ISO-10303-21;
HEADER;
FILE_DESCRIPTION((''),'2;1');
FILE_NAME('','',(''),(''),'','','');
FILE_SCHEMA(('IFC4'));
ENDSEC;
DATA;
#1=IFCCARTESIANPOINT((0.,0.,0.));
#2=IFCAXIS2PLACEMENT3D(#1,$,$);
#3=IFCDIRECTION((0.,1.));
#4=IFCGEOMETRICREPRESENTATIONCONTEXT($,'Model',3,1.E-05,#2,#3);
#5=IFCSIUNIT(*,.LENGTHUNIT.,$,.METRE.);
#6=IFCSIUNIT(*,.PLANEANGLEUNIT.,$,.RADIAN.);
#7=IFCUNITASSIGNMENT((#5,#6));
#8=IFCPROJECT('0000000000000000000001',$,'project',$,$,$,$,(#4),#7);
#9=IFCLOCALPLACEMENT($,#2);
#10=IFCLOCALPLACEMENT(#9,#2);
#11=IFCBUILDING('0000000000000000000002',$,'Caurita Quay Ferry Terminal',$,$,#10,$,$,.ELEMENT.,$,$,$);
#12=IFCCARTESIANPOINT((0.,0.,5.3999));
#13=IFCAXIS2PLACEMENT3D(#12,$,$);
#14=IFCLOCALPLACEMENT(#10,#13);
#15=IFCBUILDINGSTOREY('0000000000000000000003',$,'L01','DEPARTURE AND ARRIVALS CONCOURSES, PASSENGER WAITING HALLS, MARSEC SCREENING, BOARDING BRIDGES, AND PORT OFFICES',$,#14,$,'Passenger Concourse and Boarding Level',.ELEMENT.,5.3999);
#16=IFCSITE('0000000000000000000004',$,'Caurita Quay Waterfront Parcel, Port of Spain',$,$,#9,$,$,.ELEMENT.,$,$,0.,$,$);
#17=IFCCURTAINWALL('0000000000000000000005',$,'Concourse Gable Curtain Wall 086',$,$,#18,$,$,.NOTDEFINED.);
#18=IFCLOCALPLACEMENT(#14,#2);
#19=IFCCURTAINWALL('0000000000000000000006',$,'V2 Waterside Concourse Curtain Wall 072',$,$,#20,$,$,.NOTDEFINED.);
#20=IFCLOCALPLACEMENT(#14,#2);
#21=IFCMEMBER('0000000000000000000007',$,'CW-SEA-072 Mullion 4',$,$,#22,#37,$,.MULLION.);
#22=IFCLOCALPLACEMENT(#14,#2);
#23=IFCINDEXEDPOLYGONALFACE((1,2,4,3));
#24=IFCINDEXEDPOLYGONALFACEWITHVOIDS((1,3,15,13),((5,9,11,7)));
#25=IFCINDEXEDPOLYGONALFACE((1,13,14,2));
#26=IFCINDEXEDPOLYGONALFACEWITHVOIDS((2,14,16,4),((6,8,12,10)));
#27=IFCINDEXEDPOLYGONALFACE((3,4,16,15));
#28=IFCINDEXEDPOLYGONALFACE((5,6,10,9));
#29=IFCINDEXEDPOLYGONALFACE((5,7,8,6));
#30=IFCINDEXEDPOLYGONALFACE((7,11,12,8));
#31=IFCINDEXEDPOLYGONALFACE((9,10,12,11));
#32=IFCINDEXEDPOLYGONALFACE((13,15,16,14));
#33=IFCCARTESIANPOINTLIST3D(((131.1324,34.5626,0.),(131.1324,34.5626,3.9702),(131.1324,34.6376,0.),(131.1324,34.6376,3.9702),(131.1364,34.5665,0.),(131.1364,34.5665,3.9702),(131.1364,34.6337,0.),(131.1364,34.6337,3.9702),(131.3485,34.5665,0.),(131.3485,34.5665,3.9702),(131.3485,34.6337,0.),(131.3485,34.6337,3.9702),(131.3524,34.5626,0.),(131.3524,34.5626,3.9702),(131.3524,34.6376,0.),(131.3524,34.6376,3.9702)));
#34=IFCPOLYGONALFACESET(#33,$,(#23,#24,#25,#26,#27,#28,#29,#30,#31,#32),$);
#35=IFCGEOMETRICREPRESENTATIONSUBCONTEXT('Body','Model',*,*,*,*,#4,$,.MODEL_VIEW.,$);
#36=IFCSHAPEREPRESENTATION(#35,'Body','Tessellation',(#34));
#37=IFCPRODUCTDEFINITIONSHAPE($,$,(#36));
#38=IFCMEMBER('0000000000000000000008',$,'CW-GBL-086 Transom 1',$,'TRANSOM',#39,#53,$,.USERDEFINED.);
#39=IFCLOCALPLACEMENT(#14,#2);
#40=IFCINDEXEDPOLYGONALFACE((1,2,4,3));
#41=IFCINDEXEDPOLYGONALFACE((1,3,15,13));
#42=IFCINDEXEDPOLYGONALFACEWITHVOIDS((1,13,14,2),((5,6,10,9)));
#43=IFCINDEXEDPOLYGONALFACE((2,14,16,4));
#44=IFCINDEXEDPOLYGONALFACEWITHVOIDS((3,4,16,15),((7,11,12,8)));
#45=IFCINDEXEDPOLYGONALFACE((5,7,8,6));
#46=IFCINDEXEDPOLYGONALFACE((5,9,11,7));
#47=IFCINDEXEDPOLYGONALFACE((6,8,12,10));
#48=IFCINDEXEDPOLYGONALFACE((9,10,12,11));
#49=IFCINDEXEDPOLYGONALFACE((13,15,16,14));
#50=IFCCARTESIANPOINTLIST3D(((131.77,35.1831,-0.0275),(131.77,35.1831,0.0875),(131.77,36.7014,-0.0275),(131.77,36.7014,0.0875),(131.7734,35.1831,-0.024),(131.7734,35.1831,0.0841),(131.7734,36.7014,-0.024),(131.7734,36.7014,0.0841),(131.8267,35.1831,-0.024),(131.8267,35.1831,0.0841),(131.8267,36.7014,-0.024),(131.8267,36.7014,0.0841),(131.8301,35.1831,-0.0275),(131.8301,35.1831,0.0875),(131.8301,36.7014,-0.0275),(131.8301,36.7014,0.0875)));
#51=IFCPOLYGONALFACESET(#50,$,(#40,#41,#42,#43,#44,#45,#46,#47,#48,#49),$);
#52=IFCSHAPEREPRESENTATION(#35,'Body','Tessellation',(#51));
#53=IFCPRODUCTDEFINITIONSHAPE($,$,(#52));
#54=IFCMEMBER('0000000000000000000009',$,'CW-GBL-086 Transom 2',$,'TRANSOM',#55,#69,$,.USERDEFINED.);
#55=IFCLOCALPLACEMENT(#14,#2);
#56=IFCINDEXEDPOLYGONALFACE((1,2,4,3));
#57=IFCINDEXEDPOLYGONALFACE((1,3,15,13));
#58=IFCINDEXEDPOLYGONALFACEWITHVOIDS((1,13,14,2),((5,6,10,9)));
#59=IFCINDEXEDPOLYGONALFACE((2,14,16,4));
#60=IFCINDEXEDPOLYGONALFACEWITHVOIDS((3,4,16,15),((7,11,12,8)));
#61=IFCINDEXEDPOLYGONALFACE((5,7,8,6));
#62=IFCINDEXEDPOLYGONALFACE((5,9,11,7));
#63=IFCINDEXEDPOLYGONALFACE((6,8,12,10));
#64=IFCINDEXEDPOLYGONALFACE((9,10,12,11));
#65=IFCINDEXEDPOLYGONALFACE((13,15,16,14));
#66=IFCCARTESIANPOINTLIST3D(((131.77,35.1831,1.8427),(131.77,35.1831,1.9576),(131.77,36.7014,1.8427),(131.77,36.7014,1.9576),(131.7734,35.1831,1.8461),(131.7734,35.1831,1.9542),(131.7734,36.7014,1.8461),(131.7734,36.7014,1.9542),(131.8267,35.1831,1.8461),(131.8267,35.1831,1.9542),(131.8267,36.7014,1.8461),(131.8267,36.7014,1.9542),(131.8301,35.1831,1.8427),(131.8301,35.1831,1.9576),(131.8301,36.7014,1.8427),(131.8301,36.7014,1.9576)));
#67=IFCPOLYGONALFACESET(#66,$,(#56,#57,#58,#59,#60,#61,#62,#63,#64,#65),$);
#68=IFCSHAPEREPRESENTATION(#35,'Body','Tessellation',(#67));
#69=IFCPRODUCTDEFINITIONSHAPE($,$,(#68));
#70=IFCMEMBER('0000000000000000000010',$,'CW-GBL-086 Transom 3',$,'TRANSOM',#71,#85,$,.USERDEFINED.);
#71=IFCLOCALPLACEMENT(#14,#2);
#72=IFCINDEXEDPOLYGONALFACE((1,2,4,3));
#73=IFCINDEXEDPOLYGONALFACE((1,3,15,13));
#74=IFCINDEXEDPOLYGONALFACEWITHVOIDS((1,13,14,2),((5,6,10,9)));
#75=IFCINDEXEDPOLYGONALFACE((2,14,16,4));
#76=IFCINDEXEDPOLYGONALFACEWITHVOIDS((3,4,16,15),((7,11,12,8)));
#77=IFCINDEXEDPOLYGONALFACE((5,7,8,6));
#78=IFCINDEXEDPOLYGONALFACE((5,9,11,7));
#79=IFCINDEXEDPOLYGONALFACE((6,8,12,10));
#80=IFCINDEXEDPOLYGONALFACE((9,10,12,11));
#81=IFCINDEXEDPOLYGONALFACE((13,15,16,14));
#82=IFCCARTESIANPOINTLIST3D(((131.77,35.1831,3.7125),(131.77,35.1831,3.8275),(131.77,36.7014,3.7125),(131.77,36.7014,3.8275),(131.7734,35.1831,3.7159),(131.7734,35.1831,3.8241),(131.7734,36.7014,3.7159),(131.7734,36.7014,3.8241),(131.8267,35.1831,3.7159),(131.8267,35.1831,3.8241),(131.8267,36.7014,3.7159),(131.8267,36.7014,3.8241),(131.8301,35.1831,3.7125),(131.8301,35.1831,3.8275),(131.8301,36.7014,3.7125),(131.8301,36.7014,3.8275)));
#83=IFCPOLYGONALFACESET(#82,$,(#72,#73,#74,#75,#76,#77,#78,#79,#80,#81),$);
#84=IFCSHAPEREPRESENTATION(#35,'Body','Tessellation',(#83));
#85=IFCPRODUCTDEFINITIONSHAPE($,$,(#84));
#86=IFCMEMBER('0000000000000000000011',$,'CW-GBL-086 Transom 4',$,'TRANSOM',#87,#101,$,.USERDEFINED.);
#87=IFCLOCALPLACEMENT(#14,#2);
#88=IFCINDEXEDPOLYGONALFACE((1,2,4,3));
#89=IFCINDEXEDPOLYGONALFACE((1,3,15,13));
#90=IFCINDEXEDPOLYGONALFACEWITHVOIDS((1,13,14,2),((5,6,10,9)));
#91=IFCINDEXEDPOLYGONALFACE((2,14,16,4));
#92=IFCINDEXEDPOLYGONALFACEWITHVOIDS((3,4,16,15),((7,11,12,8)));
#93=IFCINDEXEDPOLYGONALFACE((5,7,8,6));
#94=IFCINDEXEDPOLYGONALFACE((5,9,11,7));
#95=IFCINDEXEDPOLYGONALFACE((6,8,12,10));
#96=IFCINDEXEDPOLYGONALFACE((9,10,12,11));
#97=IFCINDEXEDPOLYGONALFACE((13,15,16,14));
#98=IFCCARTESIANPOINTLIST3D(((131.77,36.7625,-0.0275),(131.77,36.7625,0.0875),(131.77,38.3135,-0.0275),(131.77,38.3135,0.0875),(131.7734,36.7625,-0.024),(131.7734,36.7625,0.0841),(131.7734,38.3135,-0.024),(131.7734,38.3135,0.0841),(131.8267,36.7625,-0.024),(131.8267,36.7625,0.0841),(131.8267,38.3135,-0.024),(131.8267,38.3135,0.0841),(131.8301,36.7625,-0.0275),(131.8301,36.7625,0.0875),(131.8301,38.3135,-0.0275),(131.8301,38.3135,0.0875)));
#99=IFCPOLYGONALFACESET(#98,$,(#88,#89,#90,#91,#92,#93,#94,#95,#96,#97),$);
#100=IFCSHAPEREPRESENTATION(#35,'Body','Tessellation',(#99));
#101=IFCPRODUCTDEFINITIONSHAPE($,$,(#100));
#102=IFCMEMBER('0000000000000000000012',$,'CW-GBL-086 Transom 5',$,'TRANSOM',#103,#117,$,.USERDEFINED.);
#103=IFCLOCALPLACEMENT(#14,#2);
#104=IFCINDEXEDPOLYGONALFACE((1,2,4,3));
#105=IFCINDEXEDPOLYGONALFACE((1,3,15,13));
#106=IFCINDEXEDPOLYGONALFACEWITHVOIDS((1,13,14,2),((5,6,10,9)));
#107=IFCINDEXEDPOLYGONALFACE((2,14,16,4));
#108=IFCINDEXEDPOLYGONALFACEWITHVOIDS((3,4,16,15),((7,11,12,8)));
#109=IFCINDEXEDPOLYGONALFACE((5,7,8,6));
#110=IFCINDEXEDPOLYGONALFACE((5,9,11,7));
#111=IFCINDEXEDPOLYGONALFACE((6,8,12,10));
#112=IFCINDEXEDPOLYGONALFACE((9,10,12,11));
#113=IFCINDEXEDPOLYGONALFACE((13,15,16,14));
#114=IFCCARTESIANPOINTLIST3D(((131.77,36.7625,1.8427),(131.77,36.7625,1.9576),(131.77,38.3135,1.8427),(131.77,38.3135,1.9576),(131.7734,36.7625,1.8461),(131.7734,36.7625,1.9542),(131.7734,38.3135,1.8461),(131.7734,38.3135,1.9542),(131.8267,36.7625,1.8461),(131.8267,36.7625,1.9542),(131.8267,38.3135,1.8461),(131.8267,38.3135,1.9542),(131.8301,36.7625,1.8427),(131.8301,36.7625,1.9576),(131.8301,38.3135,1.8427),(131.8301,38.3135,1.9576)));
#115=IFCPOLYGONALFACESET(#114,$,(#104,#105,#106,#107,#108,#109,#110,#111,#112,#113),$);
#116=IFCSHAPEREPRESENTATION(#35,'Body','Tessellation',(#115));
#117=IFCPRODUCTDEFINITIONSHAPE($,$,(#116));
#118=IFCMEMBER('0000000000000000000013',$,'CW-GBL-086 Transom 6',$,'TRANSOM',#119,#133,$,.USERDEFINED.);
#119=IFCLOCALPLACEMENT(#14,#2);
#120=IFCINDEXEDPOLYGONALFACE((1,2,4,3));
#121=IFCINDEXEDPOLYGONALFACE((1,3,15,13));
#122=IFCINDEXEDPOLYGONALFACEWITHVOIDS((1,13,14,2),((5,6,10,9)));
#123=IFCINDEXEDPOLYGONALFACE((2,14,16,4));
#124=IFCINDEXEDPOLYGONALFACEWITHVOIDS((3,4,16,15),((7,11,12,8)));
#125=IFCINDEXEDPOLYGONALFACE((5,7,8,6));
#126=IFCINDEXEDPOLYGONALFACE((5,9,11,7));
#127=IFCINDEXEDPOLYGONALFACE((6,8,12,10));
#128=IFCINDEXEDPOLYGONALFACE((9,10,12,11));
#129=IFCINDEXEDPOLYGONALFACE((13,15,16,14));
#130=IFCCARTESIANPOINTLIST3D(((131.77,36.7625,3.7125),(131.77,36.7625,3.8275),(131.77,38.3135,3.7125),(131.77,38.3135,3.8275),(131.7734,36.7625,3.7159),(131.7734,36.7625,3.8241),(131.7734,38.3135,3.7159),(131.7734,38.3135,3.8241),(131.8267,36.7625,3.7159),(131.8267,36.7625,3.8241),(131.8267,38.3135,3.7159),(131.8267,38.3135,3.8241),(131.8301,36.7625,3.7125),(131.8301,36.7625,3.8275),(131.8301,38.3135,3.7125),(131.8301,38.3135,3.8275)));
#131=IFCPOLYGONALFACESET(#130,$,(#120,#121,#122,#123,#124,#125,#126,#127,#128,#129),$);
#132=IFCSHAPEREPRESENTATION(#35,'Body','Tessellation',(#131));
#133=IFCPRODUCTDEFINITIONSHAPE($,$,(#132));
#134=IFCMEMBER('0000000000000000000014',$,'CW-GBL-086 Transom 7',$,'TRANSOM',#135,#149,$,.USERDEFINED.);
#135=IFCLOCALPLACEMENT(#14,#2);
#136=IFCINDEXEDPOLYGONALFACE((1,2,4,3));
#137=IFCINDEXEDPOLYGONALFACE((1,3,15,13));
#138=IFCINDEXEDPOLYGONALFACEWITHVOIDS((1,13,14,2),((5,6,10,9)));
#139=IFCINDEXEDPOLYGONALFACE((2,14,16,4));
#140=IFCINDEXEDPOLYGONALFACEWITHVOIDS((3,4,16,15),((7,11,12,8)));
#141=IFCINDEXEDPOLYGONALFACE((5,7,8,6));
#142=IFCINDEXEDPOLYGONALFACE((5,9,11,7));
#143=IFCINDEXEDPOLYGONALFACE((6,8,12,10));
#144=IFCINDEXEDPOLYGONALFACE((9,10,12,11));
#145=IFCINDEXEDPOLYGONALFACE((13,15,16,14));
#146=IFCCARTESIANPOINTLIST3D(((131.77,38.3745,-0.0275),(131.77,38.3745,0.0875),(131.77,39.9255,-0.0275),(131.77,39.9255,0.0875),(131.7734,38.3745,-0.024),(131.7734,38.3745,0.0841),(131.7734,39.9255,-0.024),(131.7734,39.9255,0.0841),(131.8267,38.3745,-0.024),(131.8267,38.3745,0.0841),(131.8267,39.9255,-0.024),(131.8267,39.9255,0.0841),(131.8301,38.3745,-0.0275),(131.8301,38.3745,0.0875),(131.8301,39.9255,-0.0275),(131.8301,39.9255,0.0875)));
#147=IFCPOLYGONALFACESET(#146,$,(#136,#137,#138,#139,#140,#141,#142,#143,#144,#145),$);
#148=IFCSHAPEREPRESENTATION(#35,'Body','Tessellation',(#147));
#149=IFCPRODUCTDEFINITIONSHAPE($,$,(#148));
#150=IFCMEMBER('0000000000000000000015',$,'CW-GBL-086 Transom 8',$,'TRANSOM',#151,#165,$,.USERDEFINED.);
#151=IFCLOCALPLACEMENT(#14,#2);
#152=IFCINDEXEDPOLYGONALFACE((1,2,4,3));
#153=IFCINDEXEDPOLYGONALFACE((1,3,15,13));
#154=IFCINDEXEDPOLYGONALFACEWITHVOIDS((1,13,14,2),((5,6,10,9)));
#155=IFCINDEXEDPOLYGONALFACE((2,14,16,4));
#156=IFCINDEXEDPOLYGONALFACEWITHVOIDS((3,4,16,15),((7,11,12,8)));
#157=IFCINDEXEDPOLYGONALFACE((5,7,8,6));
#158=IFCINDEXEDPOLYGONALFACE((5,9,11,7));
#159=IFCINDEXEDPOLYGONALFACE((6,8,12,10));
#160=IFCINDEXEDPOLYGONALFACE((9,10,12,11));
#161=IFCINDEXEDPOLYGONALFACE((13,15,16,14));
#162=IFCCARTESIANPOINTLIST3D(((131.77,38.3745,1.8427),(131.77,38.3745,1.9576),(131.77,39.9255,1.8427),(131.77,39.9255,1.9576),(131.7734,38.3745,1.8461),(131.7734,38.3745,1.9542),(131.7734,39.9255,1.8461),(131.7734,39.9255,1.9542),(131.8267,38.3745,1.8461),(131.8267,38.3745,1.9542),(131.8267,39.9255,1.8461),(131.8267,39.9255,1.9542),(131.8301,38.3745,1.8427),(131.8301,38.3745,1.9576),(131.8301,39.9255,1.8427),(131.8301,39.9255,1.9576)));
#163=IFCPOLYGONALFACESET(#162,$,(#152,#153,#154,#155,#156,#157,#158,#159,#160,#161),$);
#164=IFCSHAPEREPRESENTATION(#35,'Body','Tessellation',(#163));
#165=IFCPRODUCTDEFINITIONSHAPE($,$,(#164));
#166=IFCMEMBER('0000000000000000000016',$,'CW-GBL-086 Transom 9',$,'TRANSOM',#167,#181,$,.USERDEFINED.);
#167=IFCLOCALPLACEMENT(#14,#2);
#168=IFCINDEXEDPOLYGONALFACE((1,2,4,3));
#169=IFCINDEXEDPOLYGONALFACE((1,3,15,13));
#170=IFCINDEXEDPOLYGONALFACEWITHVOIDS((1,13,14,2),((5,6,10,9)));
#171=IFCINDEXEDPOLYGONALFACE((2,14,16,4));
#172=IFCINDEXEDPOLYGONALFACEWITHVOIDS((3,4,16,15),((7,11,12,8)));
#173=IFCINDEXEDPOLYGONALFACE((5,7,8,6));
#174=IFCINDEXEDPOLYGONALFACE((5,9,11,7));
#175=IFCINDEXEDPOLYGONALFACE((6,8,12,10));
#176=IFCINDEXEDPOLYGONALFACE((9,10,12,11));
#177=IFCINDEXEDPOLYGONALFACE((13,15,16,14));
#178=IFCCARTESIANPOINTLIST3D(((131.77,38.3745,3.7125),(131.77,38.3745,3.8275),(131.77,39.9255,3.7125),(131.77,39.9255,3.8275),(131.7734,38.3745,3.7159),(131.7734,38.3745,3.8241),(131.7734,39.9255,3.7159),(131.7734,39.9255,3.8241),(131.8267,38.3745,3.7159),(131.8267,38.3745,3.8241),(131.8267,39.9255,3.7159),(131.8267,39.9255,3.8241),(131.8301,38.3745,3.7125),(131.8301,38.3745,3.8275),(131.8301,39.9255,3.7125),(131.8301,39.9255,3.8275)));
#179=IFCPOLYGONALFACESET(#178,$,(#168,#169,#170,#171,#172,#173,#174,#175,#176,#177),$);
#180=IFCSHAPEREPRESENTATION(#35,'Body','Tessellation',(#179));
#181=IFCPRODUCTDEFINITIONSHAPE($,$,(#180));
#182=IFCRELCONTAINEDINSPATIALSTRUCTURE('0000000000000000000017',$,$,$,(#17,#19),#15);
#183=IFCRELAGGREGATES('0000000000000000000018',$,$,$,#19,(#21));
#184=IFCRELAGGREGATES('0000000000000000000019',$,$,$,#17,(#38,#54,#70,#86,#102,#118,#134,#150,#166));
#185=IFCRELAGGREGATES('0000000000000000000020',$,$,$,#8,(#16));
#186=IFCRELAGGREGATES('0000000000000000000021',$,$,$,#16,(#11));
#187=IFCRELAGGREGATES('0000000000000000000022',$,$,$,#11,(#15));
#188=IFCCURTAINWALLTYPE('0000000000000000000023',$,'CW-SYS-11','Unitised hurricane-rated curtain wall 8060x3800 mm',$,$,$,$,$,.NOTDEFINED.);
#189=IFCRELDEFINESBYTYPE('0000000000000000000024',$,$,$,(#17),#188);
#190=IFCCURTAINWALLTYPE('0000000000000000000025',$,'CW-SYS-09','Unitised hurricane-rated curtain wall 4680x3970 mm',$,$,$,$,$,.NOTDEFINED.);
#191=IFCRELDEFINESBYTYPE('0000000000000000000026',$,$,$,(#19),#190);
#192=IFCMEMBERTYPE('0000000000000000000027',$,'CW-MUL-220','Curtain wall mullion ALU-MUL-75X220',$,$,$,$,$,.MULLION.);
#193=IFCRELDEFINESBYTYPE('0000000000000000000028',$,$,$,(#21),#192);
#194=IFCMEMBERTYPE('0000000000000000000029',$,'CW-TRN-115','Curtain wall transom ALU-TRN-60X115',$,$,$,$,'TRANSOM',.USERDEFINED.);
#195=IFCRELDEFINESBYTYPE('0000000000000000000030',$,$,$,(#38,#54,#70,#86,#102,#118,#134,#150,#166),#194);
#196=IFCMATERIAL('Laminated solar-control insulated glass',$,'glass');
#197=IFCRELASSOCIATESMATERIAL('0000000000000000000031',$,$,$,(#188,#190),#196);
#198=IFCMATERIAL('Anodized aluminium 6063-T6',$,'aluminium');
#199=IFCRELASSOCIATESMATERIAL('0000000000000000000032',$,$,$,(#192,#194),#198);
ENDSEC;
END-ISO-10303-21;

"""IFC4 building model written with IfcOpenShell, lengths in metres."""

from ifc_helpers import new_model, si_unit, direction, frame, origin, origin_2d, place, context, subcontext, project, spatial, hollow_rectangle, extrude, material, material_profile, profile_set, type_object, element, aggregate, save


model = new_model("IFC4")

# Units and contexts
model_context = context("Model", 3, precision=1e-05, world=origin(), true_north=direction((0.0, 1.0)))
body_context = subcontext(model_context, "Body", "Model", "MODEL_VIEW")
ifc_project = project(units=[si_unit("LENGTHUNIT", "METRE"), si_unit("PLANEANGLEUNIT", "RADIAN")], contexts=[model_context])

# Site, building, storey
site_placement = place(None, origin())
site = spatial("IfcSite", under=ifc_project, at=site_placement, Name="Caurita Quay Waterfront Parcel, Port of Spain", CompositionType="ELEMENT", RefElevation=0.0)
building_placement = place(site_placement, origin())
building = spatial("IfcBuilding", under=site, at=building_placement, Name="Caurita Quay Ferry Terminal", CompositionType="ELEMENT")
storey_placement = place(building_placement, frame((0.0, 0.0, 5.3999)))
storey = spatial("IfcBuildingStorey", under=building, at=storey_placement, Name="L01", Description="DEPARTURE AND ARRIVALS CONCOURSES, PASSENGER WAITING HALLS, MARSEC SCREENING, BOARDING BRIDGES, AND PORT OFFICES", LongName="Passenger Concourse and Boarding Level", CompositionType="ELEMENT", Elevation=5.3999)

# Curtain wall
ifc_material_1 = material(Name="Laminated solar-control insulated glass", Category="glass")
curtain_wall_type_1 = type_object("IfcCurtainWallType", Name="CW-SYS-11", Description="Unitised hurricane-rated curtain wall 8060x3800 mm", PredefinedType="NOTDEFINED", material=ifc_material_1)
curtain_wall_1_placement = place(storey_placement, origin())
curtain_wall_1 = element("IfcCurtainWall", 1, at=curtain_wall_1_placement, inside=storey, type_object=curtain_wall_type_1, Name="Concourse Gable Curtain Wall 086", PredefinedType="NOTDEFINED")
ifc_material_2 = material(Name="Anodized aluminium 6063-T6", Category="aluminium")

# Curtain wall, member
curtain_wall_type_2 = type_object("IfcCurtainWallType", Name="CW-SYS-09", Description="Unitised hurricane-rated curtain wall 4680x3970 mm", PredefinedType="NOTDEFINED", material=ifc_material_1)
curtain_wall_2_placement = place(storey_placement, origin())
curtain_wall_2 = element("IfcCurtainWall", 2, at=curtain_wall_2_placement, inside=storey, type_object=curtain_wall_type_2, Name="V2 Waterside Concourse Curtain Wall 072", PredefinedType="NOTDEFINED")
ifc_material_profile_1 = material_profile(ifc_material_2, hollow_rectangle(XDim=0.075, YDim=0.22, WallThickness=0.0039, at=origin_2d()), Name="ALU-MUL-75X220")
ifc_profile_set_1 = profile_set([ifc_material_profile_1], Name="Anodized aluminium 6063-T6")
member_type_1 = type_object("IfcMemberType", Name="CW-MUL-220", Description="Curtain wall mullion ALU-MUL-75X220", PredefinedType="MULLION", material=ifc_profile_set_1)
member_1_placement = place(storey_placement, frame((131.2424, 34.6001, 0.0), z_axis=(0.0, 0.0, 1.0), x_axis=(0.0, 1.0, 0.0)))
member_1 = element("IfcMember", 3, at=member_1_placement, type_object=member_type_1, Name="CW-SEA-072 Mullion 4", PredefinedType="MULLION", context=body_context, shape_type="SweptSolid", body=[
    extrude(hollow_rectangle(XDim=0.075, YDim=0.22, WallThickness=0.0039, at=origin_2d()), origin(), (0.0, 0.0, 1.0), 3.9702),
])

# Members
ifc_material_profile_2 = material_profile(ifc_material_2, hollow_rectangle(XDim=0.0601, YDim=0.115, WallThickness=0.0034, at=origin_2d()), Name="ALU-TRN-60X115")
ifc_profile_set_2 = profile_set([ifc_material_profile_2], Name="Anodized aluminium 6063-T6")
member_type_2 = type_object("IfcMemberType", Name="CW-TRN-115", Description="Curtain wall transom ALU-TRN-60X115", ElementType="TRANSOM", PredefinedType="USERDEFINED", material=ifc_profile_set_2)
member_2_placement = place(storey_placement, frame((131.8, 35.1831, 0.03), z_axis=(0.0, 1.0, 0.0), x_axis=(-1.0, 0.0, 0.0)))
member_2 = element("IfcMember", 4, at=member_2_placement, type_object=member_type_2, Name="CW-GBL-086 Transom 1", ObjectType="TRANSOM", PredefinedType="USERDEFINED", context=body_context, shape_type="SweptSolid", body=[
    extrude(hollow_rectangle(XDim=0.0601, YDim=0.115, WallThickness=0.0034, at=origin_2d()), origin(), (0.0, 0.0, 1.0), 1.5183),
])
member_3_placement = place(storey_placement, frame((131.8, 35.1831, 1.9001), z_axis=(0.0, 1.0, 0.0), x_axis=(-1.0, 0.0, 0.0)))
member_3 = element("IfcMember", 5, at=member_3_placement, type_object=member_type_2, Name="CW-GBL-086 Transom 2", ObjectType="TRANSOM", PredefinedType="USERDEFINED", context=body_context, shape_type="SweptSolid", body=[
    extrude(hollow_rectangle(XDim=0.0601, YDim=0.115, WallThickness=0.0034, at=origin_2d()), origin(), (0.0, 0.0, 1.0), 1.5183),
])
member_4_placement = place(storey_placement, frame((131.8, 35.1831, 3.77), z_axis=(0.0, 1.0, 0.0), x_axis=(-1.0, 0.0, 0.0)))
member_4 = element("IfcMember", 6, at=member_4_placement, type_object=member_type_2, Name="CW-GBL-086 Transom 3", ObjectType="TRANSOM", PredefinedType="USERDEFINED", context=body_context, shape_type="SweptSolid", body=[
    extrude(hollow_rectangle(XDim=0.0601, YDim=0.115, WallThickness=0.0034, at=origin_2d()), origin(), (0.0, 0.0, 1.0), 1.5183),
])
member_5_placement = place(storey_placement, frame((131.8, 36.7625, 0.03), z_axis=(0.0, 1.0, 0.0), x_axis=(-1.0, 0.0, 0.0)))
member_5 = element("IfcMember", 7, at=member_5_placement, type_object=member_type_2, Name="CW-GBL-086 Transom 4", ObjectType="TRANSOM", PredefinedType="USERDEFINED", context=body_context, shape_type="SweptSolid", body=[
    extrude(hollow_rectangle(XDim=0.0601, YDim=0.115, WallThickness=0.0034, at=origin_2d()), origin(), (0.0, 0.0, 1.0), 1.551),
])
member_6_placement = place(storey_placement, frame((131.8, 36.7625, 1.9001), z_axis=(0.0, 1.0, 0.0), x_axis=(-1.0, 0.0, 0.0)))
member_6 = element("IfcMember", 8, at=member_6_placement, type_object=member_type_2, Name="CW-GBL-086 Transom 5", ObjectType="TRANSOM", PredefinedType="USERDEFINED", context=body_context, shape_type="SweptSolid", body=[
    extrude(hollow_rectangle(XDim=0.0601, YDim=0.115, WallThickness=0.0034, at=origin_2d()), origin(), (0.0, 0.0, 1.0), 1.551),
])
member_7_placement = place(storey_placement, frame((131.8, 36.7625, 3.77), z_axis=(0.0, 1.0, 0.0), x_axis=(-1.0, 0.0, 0.0)))
member_7 = element("IfcMember", 9, at=member_7_placement, type_object=member_type_2, Name="CW-GBL-086 Transom 6", ObjectType="TRANSOM", PredefinedType="USERDEFINED", context=body_context, shape_type="SweptSolid", body=[
    extrude(hollow_rectangle(XDim=0.0601, YDim=0.115, WallThickness=0.0034, at=origin_2d()), origin(), (0.0, 0.0, 1.0), 1.551),
])
member_8_placement = place(storey_placement, frame((131.8, 38.3745, 0.03), z_axis=(0.0, 1.0, 0.0), x_axis=(-1.0, 0.0, 0.0)))
member_8 = element("IfcMember", 10, at=member_8_placement, type_object=member_type_2, Name="CW-GBL-086 Transom 7", ObjectType="TRANSOM", PredefinedType="USERDEFINED", context=body_context, shape_type="SweptSolid", body=[
    extrude(hollow_rectangle(XDim=0.0601, YDim=0.115, WallThickness=0.0034, at=origin_2d()), origin(), (0.0, 0.0, 1.0), 1.551),
])
member_9_placement = place(storey_placement, frame((131.8, 38.3745, 1.9001), z_axis=(0.0, 1.0, 0.0), x_axis=(-1.0, 0.0, 0.0)))
member_9 = element("IfcMember", 11, at=member_9_placement, type_object=member_type_2, Name="CW-GBL-086 Transom 8", ObjectType="TRANSOM", PredefinedType="USERDEFINED", context=body_context, shape_type="SweptSolid", body=[
    extrude(hollow_rectangle(XDim=0.0601, YDim=0.115, WallThickness=0.0034, at=origin_2d()), origin(), (0.0, 0.0, 1.0), 1.551),
])
member_10_placement = place(storey_placement, frame((131.8, 38.3745, 3.77), z_axis=(0.0, 1.0, 0.0), x_axis=(-1.0, 0.0, 0.0)))
member_10 = element("IfcMember", 12, at=member_10_placement, type_object=member_type_2, Name="CW-GBL-086 Transom 9", ObjectType="TRANSOM", PredefinedType="USERDEFINED", context=body_context, shape_type="SweptSolid", body=[
    extrude(hollow_rectangle(XDim=0.0601, YDim=0.115, WallThickness=0.0034, at=origin_2d()), origin(), (0.0, 0.0, 1.0), 1.551),
])

aggregate(curtain_wall_2, [member_1])
aggregate(curtain_wall_1, [member_2, member_3, member_4, member_5, member_6, member_7, member_8, member_9, member_10])

save(model, "model.ifc")
